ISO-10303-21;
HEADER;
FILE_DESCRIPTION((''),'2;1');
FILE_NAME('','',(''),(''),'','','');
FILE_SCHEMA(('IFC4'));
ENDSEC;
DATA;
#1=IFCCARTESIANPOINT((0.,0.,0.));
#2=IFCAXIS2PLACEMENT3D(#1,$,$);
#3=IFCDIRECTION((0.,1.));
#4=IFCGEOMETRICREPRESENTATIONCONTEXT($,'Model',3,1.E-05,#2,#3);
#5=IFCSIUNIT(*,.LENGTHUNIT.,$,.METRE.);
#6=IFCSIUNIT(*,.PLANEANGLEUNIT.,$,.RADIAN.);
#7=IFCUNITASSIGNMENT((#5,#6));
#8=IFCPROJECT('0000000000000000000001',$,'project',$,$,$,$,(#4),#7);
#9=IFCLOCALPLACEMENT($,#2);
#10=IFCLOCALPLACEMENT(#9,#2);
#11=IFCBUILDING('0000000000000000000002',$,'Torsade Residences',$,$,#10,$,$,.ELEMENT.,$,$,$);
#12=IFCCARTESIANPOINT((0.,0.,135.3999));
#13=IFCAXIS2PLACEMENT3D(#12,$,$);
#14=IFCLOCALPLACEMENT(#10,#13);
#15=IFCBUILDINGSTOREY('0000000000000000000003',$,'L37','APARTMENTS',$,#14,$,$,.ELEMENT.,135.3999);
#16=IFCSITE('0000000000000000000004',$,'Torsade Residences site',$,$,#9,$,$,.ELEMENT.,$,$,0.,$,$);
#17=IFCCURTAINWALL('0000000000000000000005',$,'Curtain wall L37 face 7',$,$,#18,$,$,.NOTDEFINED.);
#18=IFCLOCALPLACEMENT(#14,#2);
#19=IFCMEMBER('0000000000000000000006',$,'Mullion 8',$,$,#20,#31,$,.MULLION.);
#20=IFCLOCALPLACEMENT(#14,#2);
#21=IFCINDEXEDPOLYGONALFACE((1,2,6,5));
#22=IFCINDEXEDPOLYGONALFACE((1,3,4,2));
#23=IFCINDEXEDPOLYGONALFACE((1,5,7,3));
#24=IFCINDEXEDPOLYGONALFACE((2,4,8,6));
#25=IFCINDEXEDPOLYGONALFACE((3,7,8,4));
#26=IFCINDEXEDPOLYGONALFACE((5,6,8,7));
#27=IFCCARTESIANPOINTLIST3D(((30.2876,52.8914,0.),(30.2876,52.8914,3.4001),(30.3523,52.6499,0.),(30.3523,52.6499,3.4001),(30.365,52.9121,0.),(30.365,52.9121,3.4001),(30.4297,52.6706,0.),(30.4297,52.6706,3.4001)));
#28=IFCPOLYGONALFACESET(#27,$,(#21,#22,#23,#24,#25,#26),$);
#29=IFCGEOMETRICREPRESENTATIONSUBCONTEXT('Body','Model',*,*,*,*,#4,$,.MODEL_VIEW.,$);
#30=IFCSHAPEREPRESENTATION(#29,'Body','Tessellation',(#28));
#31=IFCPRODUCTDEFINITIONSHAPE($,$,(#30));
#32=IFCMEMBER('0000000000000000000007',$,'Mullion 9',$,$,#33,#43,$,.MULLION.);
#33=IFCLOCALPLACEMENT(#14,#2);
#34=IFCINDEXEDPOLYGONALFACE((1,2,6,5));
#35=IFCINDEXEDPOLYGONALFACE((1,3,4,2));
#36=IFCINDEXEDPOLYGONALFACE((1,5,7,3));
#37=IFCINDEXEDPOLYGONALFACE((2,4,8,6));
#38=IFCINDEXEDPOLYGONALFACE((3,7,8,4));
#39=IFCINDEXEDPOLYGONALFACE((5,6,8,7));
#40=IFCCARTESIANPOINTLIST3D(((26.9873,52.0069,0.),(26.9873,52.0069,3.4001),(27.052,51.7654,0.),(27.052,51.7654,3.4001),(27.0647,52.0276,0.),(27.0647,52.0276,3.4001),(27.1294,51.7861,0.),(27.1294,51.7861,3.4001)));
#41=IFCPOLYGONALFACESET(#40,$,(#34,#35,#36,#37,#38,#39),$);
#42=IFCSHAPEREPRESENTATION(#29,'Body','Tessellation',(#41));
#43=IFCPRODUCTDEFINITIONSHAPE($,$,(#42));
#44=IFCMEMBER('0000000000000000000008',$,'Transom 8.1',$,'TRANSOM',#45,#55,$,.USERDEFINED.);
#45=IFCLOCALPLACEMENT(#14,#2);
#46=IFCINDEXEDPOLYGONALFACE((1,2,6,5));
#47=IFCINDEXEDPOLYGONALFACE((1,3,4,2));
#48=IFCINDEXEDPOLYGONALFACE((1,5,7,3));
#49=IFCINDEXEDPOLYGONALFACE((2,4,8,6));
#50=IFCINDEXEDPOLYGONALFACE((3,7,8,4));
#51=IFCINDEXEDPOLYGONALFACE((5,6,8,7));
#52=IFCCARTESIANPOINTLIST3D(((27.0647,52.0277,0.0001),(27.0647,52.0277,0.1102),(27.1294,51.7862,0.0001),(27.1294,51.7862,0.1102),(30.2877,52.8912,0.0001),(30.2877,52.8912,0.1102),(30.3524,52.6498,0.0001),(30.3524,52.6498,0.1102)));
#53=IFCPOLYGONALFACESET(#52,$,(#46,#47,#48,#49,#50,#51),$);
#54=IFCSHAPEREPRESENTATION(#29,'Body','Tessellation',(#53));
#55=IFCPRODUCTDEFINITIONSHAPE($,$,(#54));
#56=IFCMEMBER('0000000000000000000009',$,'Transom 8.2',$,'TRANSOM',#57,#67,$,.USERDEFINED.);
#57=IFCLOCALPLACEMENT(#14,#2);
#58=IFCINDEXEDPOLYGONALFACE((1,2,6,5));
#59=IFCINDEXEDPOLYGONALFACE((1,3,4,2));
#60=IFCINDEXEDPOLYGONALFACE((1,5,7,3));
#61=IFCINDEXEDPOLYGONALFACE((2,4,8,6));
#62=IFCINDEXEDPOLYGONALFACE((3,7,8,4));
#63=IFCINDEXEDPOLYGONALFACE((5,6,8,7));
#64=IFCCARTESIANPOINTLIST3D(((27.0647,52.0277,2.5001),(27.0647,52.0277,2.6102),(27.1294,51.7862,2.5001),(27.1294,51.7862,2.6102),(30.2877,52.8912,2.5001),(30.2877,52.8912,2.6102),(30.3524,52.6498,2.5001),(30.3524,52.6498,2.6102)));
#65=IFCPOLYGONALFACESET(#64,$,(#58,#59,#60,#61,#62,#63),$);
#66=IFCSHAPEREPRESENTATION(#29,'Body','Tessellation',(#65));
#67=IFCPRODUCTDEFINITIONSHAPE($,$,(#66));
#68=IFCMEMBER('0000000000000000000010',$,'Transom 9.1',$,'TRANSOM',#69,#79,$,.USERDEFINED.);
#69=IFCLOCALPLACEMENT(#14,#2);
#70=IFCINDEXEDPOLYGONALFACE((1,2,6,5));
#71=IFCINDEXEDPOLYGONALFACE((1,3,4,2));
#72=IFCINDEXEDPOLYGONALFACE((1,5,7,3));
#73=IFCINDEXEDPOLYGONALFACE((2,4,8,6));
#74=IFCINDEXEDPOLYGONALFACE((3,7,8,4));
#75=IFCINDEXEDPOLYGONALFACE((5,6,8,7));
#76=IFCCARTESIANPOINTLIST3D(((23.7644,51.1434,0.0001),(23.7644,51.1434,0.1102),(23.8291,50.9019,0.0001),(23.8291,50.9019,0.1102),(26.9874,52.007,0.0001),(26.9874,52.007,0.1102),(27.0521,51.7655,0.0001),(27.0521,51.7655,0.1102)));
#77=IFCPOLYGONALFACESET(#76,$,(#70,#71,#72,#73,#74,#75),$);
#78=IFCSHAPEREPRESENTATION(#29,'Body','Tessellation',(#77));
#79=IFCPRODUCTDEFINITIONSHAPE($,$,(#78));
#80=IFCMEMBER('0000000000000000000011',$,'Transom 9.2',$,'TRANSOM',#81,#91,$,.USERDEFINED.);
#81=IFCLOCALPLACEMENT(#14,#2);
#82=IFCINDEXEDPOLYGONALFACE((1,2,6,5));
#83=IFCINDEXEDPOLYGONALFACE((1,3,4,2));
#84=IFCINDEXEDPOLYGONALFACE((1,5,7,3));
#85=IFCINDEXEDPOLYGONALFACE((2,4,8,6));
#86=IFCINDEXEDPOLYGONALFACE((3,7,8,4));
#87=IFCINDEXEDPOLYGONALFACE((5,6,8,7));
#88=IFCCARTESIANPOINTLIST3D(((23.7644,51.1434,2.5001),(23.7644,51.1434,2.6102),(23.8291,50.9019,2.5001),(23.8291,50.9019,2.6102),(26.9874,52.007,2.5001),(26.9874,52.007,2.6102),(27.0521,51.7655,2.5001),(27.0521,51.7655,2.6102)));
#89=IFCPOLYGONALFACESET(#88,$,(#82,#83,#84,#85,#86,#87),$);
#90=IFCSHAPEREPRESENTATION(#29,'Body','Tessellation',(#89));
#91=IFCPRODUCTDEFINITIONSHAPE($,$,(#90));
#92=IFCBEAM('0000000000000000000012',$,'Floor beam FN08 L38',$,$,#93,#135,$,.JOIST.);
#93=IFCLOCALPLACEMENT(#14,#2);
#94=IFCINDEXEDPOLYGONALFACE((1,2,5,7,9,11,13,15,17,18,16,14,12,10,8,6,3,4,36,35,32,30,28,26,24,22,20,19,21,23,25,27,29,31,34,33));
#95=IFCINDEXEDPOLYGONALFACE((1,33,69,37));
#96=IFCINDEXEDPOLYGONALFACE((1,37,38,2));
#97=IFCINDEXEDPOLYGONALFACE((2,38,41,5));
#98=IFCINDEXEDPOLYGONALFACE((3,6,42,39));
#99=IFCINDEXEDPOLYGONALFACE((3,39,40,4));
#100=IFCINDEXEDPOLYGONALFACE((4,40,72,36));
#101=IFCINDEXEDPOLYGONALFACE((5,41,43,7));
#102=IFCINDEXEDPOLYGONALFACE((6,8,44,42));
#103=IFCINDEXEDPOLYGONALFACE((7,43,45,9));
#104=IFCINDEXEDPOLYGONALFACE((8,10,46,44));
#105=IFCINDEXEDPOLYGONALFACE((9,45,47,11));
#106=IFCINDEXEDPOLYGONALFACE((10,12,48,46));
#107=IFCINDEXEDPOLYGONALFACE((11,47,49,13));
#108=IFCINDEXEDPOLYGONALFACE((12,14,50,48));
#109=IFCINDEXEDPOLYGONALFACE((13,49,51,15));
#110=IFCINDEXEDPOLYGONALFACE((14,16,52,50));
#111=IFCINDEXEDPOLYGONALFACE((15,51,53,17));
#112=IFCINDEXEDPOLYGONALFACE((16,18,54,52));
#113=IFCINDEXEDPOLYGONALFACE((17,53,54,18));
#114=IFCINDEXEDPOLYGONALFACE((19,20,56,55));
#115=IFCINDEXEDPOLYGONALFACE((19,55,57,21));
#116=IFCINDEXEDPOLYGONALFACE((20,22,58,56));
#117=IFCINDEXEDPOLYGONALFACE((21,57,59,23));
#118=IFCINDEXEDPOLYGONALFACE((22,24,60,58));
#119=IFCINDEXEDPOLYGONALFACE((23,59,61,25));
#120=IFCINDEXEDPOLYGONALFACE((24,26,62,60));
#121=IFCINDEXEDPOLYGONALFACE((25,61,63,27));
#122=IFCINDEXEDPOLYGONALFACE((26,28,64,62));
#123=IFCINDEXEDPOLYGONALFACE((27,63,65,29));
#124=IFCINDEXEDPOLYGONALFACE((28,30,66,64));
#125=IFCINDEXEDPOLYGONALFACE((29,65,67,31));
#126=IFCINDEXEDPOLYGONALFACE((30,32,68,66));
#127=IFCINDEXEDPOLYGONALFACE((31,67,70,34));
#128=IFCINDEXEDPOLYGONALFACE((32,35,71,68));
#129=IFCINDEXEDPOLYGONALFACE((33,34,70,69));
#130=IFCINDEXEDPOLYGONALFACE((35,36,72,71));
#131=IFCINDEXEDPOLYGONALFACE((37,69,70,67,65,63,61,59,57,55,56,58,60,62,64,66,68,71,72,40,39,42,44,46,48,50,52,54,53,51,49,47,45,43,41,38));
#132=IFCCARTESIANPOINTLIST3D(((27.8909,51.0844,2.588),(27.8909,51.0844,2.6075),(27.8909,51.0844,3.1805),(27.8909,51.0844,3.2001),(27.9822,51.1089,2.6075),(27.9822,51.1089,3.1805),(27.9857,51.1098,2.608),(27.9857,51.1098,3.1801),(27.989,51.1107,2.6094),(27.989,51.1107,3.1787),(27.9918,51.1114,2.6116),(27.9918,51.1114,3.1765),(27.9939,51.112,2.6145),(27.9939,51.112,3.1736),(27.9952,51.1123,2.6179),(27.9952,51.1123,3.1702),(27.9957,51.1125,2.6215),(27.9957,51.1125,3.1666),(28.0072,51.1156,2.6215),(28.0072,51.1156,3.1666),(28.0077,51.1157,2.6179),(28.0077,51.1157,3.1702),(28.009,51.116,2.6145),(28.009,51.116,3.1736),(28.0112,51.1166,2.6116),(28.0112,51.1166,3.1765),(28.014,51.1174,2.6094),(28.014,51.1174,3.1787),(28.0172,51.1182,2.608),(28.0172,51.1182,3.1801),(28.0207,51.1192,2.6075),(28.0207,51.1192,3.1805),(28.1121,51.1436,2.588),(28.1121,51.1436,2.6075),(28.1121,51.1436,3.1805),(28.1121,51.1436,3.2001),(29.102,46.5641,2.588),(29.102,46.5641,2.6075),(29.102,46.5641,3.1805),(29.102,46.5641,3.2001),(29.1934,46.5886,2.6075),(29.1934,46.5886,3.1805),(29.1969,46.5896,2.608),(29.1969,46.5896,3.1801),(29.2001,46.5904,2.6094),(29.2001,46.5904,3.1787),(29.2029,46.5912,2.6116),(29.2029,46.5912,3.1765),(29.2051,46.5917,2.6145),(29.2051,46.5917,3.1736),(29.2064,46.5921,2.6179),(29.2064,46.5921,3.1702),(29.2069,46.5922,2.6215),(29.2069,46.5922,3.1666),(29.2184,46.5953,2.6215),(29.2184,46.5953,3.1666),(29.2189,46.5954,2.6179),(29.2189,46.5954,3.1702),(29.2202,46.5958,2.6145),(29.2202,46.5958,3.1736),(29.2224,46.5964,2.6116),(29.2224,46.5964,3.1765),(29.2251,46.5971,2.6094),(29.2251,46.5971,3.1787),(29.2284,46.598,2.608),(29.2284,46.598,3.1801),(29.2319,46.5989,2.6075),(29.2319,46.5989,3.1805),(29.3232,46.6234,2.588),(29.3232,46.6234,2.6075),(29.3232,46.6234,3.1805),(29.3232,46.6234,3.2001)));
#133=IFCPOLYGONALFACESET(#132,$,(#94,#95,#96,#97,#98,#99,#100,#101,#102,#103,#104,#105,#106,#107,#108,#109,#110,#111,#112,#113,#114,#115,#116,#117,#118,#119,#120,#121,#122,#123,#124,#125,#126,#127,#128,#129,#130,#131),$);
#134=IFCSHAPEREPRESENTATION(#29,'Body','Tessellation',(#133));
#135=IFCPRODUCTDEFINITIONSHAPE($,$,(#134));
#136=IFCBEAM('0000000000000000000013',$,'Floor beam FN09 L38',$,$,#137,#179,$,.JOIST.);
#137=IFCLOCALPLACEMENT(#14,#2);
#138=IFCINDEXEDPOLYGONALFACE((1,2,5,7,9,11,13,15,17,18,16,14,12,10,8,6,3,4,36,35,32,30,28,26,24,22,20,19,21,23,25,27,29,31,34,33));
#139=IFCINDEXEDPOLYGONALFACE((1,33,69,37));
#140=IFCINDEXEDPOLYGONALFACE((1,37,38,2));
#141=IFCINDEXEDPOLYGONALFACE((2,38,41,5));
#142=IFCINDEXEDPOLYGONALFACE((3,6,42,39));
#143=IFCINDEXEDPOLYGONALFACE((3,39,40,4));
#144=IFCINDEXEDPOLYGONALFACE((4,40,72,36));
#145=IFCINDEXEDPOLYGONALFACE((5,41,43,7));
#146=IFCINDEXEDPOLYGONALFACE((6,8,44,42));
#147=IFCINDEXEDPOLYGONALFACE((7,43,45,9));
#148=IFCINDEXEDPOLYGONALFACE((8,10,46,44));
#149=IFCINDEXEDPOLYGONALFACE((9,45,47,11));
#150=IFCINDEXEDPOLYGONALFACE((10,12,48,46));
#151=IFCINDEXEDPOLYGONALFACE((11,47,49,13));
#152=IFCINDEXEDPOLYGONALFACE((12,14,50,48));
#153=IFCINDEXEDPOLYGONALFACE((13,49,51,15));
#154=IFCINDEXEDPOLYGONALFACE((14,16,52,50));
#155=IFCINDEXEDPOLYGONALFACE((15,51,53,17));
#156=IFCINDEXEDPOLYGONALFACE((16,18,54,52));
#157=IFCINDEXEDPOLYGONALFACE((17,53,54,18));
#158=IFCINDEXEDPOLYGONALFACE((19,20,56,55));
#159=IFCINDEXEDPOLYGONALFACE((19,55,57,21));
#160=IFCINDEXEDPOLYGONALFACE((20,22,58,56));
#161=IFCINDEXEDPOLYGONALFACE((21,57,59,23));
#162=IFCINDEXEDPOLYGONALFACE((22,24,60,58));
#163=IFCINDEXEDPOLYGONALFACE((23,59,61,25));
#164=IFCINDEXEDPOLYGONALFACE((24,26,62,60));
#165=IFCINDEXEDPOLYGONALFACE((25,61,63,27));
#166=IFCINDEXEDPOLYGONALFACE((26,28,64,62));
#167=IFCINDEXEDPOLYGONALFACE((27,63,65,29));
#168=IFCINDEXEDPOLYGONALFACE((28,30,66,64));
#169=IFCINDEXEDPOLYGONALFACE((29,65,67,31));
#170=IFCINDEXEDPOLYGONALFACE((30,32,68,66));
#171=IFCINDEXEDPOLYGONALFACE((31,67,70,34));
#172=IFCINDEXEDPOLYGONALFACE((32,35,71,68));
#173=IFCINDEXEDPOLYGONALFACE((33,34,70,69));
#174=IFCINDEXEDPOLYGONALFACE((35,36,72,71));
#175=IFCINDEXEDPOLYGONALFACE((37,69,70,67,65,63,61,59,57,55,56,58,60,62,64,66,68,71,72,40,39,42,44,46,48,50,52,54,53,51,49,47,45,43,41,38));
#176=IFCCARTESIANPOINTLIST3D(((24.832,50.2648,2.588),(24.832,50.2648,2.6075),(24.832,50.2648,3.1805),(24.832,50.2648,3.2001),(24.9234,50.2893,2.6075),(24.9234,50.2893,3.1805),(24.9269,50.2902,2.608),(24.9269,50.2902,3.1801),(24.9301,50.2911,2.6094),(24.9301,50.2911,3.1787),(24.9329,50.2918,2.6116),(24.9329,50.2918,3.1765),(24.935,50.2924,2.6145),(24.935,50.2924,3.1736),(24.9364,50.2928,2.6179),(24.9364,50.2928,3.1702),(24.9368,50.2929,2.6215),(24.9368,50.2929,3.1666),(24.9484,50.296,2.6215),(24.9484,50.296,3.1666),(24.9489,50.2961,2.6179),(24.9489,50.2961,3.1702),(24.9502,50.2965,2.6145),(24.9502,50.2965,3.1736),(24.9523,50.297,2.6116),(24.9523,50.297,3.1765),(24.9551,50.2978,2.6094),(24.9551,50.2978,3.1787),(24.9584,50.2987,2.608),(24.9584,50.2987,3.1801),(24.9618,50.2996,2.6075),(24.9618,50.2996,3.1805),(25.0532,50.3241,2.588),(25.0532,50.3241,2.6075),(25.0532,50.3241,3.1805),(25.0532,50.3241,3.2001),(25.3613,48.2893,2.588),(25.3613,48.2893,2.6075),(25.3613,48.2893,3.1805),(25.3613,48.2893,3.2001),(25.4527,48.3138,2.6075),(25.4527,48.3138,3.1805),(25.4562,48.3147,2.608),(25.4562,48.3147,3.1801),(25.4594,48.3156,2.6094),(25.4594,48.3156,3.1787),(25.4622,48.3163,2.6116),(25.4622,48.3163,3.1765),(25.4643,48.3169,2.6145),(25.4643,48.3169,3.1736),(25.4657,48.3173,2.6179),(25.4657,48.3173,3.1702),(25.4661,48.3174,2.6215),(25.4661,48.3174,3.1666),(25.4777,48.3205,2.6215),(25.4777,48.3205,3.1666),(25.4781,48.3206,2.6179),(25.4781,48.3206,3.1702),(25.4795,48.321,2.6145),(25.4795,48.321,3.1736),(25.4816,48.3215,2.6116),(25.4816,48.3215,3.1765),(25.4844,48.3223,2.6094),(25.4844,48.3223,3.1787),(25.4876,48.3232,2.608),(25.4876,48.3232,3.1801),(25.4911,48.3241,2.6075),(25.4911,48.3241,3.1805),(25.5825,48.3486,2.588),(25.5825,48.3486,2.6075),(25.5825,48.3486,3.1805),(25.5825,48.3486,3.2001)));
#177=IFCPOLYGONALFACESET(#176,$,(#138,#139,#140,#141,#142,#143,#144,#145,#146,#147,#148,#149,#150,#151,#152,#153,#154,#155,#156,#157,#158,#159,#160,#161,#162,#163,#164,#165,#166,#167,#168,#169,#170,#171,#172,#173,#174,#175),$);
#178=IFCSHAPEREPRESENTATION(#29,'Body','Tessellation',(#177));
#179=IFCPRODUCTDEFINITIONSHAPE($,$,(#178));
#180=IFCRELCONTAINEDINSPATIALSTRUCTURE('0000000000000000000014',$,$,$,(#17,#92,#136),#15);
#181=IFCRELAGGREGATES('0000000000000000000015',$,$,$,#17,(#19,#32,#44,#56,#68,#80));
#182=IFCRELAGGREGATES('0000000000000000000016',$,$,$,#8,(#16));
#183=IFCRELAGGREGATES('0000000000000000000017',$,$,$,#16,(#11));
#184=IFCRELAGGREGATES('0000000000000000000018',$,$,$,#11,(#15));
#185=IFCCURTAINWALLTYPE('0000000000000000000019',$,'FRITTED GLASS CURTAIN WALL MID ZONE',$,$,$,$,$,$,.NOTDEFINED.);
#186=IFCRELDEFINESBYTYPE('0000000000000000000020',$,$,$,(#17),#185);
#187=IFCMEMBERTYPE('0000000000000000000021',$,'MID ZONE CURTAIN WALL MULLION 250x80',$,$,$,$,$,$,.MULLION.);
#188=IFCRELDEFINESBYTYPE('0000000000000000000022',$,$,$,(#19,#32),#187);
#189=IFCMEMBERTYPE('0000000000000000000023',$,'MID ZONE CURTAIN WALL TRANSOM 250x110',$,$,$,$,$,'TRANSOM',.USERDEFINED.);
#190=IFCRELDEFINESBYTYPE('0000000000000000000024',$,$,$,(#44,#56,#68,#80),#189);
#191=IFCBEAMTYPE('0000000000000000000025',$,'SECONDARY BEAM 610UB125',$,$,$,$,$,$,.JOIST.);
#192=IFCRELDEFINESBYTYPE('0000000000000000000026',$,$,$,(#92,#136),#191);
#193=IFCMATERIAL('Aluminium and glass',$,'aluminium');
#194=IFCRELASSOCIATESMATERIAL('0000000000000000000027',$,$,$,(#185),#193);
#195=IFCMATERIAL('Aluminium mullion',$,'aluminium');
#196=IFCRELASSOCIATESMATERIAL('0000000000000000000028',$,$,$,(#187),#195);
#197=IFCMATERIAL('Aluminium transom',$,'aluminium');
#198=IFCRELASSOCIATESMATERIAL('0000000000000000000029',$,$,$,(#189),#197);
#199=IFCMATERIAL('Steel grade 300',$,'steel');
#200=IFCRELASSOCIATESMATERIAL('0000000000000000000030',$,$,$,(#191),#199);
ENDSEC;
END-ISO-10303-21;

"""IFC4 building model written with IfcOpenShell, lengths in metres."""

from ifc_helpers import new_model, si_unit, direction, frame, origin, origin_2d, place, context, subcontext, project, spatial, rectangle, i_section, extrude, material, material_profile, profile_set, type_object, element, aggregate, save


model = new_model("IFC4")

# Units and contexts
model_context = context("Model", 3, precision=1e-05, world=origin(), true_north=direction((0.0, 1.0)))
body_context = subcontext(model_context, "Body", "Model", "MODEL_VIEW")
ifc_project = project(units=[si_unit("LENGTHUNIT", "METRE"), si_unit("PLANEANGLEUNIT", "RADIAN")], contexts=[model_context])

# Site, building, storey
site_placement = place(None, origin())
site = spatial("IfcSite", under=ifc_project, at=site_placement, Name="Torsade Residences site", CompositionType="ELEMENT", RefElevation=0.0)
building_placement = place(site_placement, origin())
building = spatial("IfcBuilding", under=site, at=building_placement, Name="Torsade Residences", CompositionType="ELEMENT")
storey_placement = place(building_placement, frame((0.0, 0.0, 135.3999)))
storey = spatial("IfcBuildingStorey", under=building, at=storey_placement, Name="L37", Description="APARTMENTS", CompositionType="ELEMENT", Elevation=135.3999)

# Curtain wall, members
ifc_material_1 = material(Name="Aluminium and glass", Category="aluminium")
curtain_wall_type = type_object("IfcCurtainWallType", Name="FRITTED GLASS CURTAIN WALL MID ZONE", PredefinedType="NOTDEFINED", material=ifc_material_1)
curtain_wall_placement = place(storey_placement, origin())
curtain_wall = element("IfcCurtainWall", 1, at=curtain_wall_placement, inside=storey, type_object=curtain_wall_type, Name="Curtain wall L37 face 7", PredefinedType="NOTDEFINED")
ifc_material_2 = material(Name="Aluminium mullion", Category="aluminium")
ifc_material_profile_1 = material_profile(ifc_material_2, rectangle(XDim=0.25, YDim=0.0801, at=origin_2d()), Name="MID ZONE CURTAIN WALL MULLION 250x80")
ifc_profile_set_1 = profile_set([ifc_material_profile_1], Name="Aluminium mullion")
member_type_1 = type_object("IfcMemberType", Name="MID ZONE CURTAIN WALL MULLION 250x80", PredefinedType="MULLION", material=ifc_profile_set_1)
member_1_placement = place(storey_placement, frame((30.3586, 52.781, 0.0), z_axis=(0.0, 0.0, 1.0), x_axis=(0.258819, -0.965926, 0.0)))
member_1 = element("IfcMember", 2, at=member_1_placement, type_object=member_type_1, Name="Mullion 8", PredefinedType="MULLION", context=body_context, shape_type="SweptSolid", body=[
    extrude(rectangle(XDim=0.25, YDim=0.0801, at=origin_2d()), origin(), (0.0, 0.0, 1.0), 3.4001),
])
member_2_placement = place(storey_placement, frame((27.0583, 51.8965, 0.0), z_axis=(0.0, 0.0, 1.0), x_axis=(0.258819, -0.965926, 0.0)))
member_2 = element("IfcMember", 3, at=member_2_placement, type_object=member_type_1, Name="Mullion 9", PredefinedType="MULLION", context=body_context, shape_type="SweptSolid", body=[
    extrude(rectangle(XDim=0.25, YDim=0.0801, at=origin_2d()), origin(), (0.0, 0.0, 1.0), 3.4001),
])
ifc_material_3 = material(Name="Aluminium transom", Category="aluminium")
ifc_material_profile_2 = material_profile(ifc_material_3, rectangle(XDim=0.25, YDim=0.1101, at=origin_2d()), Name="MID ZONE CURTAIN WALL TRANSOM 250x110")
ifc_profile_set_2 = profile_set([ifc_material_profile_2], Name="Aluminium transom")
member_type_2 = type_object("IfcMemberType", Name="MID ZONE CURTAIN WALL TRANSOM 250x110", ElementType="TRANSOM", PredefinedType="USERDEFINED", material=ifc_profile_set_2)
member_3_placement = place(storey_placement, frame((30.3201, 52.7705, 0.0552), z_axis=(-0.965929, -0.258806, 0.0), x_axis=(0.258806, -0.965929, 0.0)))
member_3 = element("IfcMember", 4, at=member_3_placement, type_object=member_type_2, Name="Transom 8.1", ObjectType="TRANSOM", PredefinedType="USERDEFINED", context=body_context, shape_type="SweptSolid", body=[
    extrude(rectangle(XDim=0.25, YDim=0.1101, at=origin_2d()), origin(), (0.0, 0.0, 1.0), 3.3367),
])
member_4_placement = place(storey_placement, frame((30.3201, 52.7705, 2.5552), z_axis=(-0.965929, -0.258806, 0.0), x_axis=(0.258806, -0.965929, 0.0)))
member_4 = element("IfcMember", 5, at=member_4_placement, type_object=member_type_2, Name="Transom 8.2", ObjectType="TRANSOM", PredefinedType="USERDEFINED", context=body_context, shape_type="SweptSolid", body=[
    extrude(rectangle(XDim=0.25, YDim=0.1101, at=origin_2d()), origin(), (0.0, 0.0, 1.0), 3.3367),
])
member_5_placement = place(storey_placement, frame((27.0198, 51.8862, 0.0552), z_axis=(-0.965929, -0.258806, 0.0), x_axis=(0.258806, -0.965929, 0.0)))
member_5 = element("IfcMember", 6, at=member_5_placement, type_object=member_type_2, Name="Transom 9.1", ObjectType="TRANSOM", PredefinedType="USERDEFINED", context=body_context, shape_type="SweptSolid", body=[
    extrude(rectangle(XDim=0.25, YDim=0.1101, at=origin_2d()), origin(), (0.0, 0.0, 1.0), 3.3367),
])
member_6_placement = place(storey_placement, frame((27.0198, 51.8862, 2.5552), z_axis=(-0.965929, -0.258806, 0.0), x_axis=(0.258806, -0.965929, 0.0)))
member_6 = element("IfcMember", 7, at=member_6_placement, type_object=member_type_2, Name="Transom 9.2", ObjectType="TRANSOM", PredefinedType="USERDEFINED", context=body_context, shape_type="SweptSolid", body=[
    extrude(rectangle(XDim=0.25, YDim=0.1101, at=origin_2d()), origin(), (0.0, 0.0, 1.0), 3.3367),
])

# Beams
ifc_material_4 = material(Name="Steel grade 300", Category="steel")
ifc_material_profile_3 = material_profile(ifc_material_4, i_section(OverallWidth=0.229, OverallDepth=0.6121, WebThickness=0.012, FlangeThickness=0.0195, FilletRadius=0.0139, at=origin_2d()), Name="610UB125")
ifc_profile_set_3 = profile_set([ifc_material_profile_3], Name="Steel grade 300")
beam_type = type_object("IfcBeamType", Name="SECONDARY BEAM 610UB125", PredefinedType="JOIST", material=ifc_profile_set_3)
beam_1_placement = place(storey_placement, frame((28.0015, 51.114, 2.894), z_axis=(0.258815, -0.965927, 0.0), x_axis=(0.965927, 0.258815, 0.0)))
element("IfcBeam", 8, at=beam_1_placement, inside=storey, type_object=beam_type, Name="Floor beam FN08 L38", PredefinedType="JOIST", context=body_context, shape_type="SweptSolid", body=[
    extrude(i_section(OverallWidth=0.229, OverallDepth=0.6121, WebThickness=0.012, FlangeThickness=0.0195, FilletRadius=0.0139, at=origin_2d()), origin(), (0.0, 0.0, 1.0), 4.6797),
])
beam_2_placement = place(storey_placement, frame((24.9426, 50.2944, 2.894), z_axis=(0.258792, -0.965933, 0.0), x_axis=(0.965933, 0.258792, 0.0)))
element("IfcBeam", 9, at=beam_2_placement, inside=storey, type_object=beam_type, Name="Floor beam FN09 L38", PredefinedType="JOIST", context=body_context, shape_type="SweptSolid", body=[
    extrude(i_section(OverallWidth=0.229, OverallDepth=0.6121, WebThickness=0.012, FlangeThickness=0.0195, FilletRadius=0.0139, at=origin_2d()), origin(), (0.0, 0.0, 1.0), 2.0452),
])

aggregate(curtain_wall, [member_1, member_2, member_3, member_4, member_5, member_6])

save(model, "model.ifc")
